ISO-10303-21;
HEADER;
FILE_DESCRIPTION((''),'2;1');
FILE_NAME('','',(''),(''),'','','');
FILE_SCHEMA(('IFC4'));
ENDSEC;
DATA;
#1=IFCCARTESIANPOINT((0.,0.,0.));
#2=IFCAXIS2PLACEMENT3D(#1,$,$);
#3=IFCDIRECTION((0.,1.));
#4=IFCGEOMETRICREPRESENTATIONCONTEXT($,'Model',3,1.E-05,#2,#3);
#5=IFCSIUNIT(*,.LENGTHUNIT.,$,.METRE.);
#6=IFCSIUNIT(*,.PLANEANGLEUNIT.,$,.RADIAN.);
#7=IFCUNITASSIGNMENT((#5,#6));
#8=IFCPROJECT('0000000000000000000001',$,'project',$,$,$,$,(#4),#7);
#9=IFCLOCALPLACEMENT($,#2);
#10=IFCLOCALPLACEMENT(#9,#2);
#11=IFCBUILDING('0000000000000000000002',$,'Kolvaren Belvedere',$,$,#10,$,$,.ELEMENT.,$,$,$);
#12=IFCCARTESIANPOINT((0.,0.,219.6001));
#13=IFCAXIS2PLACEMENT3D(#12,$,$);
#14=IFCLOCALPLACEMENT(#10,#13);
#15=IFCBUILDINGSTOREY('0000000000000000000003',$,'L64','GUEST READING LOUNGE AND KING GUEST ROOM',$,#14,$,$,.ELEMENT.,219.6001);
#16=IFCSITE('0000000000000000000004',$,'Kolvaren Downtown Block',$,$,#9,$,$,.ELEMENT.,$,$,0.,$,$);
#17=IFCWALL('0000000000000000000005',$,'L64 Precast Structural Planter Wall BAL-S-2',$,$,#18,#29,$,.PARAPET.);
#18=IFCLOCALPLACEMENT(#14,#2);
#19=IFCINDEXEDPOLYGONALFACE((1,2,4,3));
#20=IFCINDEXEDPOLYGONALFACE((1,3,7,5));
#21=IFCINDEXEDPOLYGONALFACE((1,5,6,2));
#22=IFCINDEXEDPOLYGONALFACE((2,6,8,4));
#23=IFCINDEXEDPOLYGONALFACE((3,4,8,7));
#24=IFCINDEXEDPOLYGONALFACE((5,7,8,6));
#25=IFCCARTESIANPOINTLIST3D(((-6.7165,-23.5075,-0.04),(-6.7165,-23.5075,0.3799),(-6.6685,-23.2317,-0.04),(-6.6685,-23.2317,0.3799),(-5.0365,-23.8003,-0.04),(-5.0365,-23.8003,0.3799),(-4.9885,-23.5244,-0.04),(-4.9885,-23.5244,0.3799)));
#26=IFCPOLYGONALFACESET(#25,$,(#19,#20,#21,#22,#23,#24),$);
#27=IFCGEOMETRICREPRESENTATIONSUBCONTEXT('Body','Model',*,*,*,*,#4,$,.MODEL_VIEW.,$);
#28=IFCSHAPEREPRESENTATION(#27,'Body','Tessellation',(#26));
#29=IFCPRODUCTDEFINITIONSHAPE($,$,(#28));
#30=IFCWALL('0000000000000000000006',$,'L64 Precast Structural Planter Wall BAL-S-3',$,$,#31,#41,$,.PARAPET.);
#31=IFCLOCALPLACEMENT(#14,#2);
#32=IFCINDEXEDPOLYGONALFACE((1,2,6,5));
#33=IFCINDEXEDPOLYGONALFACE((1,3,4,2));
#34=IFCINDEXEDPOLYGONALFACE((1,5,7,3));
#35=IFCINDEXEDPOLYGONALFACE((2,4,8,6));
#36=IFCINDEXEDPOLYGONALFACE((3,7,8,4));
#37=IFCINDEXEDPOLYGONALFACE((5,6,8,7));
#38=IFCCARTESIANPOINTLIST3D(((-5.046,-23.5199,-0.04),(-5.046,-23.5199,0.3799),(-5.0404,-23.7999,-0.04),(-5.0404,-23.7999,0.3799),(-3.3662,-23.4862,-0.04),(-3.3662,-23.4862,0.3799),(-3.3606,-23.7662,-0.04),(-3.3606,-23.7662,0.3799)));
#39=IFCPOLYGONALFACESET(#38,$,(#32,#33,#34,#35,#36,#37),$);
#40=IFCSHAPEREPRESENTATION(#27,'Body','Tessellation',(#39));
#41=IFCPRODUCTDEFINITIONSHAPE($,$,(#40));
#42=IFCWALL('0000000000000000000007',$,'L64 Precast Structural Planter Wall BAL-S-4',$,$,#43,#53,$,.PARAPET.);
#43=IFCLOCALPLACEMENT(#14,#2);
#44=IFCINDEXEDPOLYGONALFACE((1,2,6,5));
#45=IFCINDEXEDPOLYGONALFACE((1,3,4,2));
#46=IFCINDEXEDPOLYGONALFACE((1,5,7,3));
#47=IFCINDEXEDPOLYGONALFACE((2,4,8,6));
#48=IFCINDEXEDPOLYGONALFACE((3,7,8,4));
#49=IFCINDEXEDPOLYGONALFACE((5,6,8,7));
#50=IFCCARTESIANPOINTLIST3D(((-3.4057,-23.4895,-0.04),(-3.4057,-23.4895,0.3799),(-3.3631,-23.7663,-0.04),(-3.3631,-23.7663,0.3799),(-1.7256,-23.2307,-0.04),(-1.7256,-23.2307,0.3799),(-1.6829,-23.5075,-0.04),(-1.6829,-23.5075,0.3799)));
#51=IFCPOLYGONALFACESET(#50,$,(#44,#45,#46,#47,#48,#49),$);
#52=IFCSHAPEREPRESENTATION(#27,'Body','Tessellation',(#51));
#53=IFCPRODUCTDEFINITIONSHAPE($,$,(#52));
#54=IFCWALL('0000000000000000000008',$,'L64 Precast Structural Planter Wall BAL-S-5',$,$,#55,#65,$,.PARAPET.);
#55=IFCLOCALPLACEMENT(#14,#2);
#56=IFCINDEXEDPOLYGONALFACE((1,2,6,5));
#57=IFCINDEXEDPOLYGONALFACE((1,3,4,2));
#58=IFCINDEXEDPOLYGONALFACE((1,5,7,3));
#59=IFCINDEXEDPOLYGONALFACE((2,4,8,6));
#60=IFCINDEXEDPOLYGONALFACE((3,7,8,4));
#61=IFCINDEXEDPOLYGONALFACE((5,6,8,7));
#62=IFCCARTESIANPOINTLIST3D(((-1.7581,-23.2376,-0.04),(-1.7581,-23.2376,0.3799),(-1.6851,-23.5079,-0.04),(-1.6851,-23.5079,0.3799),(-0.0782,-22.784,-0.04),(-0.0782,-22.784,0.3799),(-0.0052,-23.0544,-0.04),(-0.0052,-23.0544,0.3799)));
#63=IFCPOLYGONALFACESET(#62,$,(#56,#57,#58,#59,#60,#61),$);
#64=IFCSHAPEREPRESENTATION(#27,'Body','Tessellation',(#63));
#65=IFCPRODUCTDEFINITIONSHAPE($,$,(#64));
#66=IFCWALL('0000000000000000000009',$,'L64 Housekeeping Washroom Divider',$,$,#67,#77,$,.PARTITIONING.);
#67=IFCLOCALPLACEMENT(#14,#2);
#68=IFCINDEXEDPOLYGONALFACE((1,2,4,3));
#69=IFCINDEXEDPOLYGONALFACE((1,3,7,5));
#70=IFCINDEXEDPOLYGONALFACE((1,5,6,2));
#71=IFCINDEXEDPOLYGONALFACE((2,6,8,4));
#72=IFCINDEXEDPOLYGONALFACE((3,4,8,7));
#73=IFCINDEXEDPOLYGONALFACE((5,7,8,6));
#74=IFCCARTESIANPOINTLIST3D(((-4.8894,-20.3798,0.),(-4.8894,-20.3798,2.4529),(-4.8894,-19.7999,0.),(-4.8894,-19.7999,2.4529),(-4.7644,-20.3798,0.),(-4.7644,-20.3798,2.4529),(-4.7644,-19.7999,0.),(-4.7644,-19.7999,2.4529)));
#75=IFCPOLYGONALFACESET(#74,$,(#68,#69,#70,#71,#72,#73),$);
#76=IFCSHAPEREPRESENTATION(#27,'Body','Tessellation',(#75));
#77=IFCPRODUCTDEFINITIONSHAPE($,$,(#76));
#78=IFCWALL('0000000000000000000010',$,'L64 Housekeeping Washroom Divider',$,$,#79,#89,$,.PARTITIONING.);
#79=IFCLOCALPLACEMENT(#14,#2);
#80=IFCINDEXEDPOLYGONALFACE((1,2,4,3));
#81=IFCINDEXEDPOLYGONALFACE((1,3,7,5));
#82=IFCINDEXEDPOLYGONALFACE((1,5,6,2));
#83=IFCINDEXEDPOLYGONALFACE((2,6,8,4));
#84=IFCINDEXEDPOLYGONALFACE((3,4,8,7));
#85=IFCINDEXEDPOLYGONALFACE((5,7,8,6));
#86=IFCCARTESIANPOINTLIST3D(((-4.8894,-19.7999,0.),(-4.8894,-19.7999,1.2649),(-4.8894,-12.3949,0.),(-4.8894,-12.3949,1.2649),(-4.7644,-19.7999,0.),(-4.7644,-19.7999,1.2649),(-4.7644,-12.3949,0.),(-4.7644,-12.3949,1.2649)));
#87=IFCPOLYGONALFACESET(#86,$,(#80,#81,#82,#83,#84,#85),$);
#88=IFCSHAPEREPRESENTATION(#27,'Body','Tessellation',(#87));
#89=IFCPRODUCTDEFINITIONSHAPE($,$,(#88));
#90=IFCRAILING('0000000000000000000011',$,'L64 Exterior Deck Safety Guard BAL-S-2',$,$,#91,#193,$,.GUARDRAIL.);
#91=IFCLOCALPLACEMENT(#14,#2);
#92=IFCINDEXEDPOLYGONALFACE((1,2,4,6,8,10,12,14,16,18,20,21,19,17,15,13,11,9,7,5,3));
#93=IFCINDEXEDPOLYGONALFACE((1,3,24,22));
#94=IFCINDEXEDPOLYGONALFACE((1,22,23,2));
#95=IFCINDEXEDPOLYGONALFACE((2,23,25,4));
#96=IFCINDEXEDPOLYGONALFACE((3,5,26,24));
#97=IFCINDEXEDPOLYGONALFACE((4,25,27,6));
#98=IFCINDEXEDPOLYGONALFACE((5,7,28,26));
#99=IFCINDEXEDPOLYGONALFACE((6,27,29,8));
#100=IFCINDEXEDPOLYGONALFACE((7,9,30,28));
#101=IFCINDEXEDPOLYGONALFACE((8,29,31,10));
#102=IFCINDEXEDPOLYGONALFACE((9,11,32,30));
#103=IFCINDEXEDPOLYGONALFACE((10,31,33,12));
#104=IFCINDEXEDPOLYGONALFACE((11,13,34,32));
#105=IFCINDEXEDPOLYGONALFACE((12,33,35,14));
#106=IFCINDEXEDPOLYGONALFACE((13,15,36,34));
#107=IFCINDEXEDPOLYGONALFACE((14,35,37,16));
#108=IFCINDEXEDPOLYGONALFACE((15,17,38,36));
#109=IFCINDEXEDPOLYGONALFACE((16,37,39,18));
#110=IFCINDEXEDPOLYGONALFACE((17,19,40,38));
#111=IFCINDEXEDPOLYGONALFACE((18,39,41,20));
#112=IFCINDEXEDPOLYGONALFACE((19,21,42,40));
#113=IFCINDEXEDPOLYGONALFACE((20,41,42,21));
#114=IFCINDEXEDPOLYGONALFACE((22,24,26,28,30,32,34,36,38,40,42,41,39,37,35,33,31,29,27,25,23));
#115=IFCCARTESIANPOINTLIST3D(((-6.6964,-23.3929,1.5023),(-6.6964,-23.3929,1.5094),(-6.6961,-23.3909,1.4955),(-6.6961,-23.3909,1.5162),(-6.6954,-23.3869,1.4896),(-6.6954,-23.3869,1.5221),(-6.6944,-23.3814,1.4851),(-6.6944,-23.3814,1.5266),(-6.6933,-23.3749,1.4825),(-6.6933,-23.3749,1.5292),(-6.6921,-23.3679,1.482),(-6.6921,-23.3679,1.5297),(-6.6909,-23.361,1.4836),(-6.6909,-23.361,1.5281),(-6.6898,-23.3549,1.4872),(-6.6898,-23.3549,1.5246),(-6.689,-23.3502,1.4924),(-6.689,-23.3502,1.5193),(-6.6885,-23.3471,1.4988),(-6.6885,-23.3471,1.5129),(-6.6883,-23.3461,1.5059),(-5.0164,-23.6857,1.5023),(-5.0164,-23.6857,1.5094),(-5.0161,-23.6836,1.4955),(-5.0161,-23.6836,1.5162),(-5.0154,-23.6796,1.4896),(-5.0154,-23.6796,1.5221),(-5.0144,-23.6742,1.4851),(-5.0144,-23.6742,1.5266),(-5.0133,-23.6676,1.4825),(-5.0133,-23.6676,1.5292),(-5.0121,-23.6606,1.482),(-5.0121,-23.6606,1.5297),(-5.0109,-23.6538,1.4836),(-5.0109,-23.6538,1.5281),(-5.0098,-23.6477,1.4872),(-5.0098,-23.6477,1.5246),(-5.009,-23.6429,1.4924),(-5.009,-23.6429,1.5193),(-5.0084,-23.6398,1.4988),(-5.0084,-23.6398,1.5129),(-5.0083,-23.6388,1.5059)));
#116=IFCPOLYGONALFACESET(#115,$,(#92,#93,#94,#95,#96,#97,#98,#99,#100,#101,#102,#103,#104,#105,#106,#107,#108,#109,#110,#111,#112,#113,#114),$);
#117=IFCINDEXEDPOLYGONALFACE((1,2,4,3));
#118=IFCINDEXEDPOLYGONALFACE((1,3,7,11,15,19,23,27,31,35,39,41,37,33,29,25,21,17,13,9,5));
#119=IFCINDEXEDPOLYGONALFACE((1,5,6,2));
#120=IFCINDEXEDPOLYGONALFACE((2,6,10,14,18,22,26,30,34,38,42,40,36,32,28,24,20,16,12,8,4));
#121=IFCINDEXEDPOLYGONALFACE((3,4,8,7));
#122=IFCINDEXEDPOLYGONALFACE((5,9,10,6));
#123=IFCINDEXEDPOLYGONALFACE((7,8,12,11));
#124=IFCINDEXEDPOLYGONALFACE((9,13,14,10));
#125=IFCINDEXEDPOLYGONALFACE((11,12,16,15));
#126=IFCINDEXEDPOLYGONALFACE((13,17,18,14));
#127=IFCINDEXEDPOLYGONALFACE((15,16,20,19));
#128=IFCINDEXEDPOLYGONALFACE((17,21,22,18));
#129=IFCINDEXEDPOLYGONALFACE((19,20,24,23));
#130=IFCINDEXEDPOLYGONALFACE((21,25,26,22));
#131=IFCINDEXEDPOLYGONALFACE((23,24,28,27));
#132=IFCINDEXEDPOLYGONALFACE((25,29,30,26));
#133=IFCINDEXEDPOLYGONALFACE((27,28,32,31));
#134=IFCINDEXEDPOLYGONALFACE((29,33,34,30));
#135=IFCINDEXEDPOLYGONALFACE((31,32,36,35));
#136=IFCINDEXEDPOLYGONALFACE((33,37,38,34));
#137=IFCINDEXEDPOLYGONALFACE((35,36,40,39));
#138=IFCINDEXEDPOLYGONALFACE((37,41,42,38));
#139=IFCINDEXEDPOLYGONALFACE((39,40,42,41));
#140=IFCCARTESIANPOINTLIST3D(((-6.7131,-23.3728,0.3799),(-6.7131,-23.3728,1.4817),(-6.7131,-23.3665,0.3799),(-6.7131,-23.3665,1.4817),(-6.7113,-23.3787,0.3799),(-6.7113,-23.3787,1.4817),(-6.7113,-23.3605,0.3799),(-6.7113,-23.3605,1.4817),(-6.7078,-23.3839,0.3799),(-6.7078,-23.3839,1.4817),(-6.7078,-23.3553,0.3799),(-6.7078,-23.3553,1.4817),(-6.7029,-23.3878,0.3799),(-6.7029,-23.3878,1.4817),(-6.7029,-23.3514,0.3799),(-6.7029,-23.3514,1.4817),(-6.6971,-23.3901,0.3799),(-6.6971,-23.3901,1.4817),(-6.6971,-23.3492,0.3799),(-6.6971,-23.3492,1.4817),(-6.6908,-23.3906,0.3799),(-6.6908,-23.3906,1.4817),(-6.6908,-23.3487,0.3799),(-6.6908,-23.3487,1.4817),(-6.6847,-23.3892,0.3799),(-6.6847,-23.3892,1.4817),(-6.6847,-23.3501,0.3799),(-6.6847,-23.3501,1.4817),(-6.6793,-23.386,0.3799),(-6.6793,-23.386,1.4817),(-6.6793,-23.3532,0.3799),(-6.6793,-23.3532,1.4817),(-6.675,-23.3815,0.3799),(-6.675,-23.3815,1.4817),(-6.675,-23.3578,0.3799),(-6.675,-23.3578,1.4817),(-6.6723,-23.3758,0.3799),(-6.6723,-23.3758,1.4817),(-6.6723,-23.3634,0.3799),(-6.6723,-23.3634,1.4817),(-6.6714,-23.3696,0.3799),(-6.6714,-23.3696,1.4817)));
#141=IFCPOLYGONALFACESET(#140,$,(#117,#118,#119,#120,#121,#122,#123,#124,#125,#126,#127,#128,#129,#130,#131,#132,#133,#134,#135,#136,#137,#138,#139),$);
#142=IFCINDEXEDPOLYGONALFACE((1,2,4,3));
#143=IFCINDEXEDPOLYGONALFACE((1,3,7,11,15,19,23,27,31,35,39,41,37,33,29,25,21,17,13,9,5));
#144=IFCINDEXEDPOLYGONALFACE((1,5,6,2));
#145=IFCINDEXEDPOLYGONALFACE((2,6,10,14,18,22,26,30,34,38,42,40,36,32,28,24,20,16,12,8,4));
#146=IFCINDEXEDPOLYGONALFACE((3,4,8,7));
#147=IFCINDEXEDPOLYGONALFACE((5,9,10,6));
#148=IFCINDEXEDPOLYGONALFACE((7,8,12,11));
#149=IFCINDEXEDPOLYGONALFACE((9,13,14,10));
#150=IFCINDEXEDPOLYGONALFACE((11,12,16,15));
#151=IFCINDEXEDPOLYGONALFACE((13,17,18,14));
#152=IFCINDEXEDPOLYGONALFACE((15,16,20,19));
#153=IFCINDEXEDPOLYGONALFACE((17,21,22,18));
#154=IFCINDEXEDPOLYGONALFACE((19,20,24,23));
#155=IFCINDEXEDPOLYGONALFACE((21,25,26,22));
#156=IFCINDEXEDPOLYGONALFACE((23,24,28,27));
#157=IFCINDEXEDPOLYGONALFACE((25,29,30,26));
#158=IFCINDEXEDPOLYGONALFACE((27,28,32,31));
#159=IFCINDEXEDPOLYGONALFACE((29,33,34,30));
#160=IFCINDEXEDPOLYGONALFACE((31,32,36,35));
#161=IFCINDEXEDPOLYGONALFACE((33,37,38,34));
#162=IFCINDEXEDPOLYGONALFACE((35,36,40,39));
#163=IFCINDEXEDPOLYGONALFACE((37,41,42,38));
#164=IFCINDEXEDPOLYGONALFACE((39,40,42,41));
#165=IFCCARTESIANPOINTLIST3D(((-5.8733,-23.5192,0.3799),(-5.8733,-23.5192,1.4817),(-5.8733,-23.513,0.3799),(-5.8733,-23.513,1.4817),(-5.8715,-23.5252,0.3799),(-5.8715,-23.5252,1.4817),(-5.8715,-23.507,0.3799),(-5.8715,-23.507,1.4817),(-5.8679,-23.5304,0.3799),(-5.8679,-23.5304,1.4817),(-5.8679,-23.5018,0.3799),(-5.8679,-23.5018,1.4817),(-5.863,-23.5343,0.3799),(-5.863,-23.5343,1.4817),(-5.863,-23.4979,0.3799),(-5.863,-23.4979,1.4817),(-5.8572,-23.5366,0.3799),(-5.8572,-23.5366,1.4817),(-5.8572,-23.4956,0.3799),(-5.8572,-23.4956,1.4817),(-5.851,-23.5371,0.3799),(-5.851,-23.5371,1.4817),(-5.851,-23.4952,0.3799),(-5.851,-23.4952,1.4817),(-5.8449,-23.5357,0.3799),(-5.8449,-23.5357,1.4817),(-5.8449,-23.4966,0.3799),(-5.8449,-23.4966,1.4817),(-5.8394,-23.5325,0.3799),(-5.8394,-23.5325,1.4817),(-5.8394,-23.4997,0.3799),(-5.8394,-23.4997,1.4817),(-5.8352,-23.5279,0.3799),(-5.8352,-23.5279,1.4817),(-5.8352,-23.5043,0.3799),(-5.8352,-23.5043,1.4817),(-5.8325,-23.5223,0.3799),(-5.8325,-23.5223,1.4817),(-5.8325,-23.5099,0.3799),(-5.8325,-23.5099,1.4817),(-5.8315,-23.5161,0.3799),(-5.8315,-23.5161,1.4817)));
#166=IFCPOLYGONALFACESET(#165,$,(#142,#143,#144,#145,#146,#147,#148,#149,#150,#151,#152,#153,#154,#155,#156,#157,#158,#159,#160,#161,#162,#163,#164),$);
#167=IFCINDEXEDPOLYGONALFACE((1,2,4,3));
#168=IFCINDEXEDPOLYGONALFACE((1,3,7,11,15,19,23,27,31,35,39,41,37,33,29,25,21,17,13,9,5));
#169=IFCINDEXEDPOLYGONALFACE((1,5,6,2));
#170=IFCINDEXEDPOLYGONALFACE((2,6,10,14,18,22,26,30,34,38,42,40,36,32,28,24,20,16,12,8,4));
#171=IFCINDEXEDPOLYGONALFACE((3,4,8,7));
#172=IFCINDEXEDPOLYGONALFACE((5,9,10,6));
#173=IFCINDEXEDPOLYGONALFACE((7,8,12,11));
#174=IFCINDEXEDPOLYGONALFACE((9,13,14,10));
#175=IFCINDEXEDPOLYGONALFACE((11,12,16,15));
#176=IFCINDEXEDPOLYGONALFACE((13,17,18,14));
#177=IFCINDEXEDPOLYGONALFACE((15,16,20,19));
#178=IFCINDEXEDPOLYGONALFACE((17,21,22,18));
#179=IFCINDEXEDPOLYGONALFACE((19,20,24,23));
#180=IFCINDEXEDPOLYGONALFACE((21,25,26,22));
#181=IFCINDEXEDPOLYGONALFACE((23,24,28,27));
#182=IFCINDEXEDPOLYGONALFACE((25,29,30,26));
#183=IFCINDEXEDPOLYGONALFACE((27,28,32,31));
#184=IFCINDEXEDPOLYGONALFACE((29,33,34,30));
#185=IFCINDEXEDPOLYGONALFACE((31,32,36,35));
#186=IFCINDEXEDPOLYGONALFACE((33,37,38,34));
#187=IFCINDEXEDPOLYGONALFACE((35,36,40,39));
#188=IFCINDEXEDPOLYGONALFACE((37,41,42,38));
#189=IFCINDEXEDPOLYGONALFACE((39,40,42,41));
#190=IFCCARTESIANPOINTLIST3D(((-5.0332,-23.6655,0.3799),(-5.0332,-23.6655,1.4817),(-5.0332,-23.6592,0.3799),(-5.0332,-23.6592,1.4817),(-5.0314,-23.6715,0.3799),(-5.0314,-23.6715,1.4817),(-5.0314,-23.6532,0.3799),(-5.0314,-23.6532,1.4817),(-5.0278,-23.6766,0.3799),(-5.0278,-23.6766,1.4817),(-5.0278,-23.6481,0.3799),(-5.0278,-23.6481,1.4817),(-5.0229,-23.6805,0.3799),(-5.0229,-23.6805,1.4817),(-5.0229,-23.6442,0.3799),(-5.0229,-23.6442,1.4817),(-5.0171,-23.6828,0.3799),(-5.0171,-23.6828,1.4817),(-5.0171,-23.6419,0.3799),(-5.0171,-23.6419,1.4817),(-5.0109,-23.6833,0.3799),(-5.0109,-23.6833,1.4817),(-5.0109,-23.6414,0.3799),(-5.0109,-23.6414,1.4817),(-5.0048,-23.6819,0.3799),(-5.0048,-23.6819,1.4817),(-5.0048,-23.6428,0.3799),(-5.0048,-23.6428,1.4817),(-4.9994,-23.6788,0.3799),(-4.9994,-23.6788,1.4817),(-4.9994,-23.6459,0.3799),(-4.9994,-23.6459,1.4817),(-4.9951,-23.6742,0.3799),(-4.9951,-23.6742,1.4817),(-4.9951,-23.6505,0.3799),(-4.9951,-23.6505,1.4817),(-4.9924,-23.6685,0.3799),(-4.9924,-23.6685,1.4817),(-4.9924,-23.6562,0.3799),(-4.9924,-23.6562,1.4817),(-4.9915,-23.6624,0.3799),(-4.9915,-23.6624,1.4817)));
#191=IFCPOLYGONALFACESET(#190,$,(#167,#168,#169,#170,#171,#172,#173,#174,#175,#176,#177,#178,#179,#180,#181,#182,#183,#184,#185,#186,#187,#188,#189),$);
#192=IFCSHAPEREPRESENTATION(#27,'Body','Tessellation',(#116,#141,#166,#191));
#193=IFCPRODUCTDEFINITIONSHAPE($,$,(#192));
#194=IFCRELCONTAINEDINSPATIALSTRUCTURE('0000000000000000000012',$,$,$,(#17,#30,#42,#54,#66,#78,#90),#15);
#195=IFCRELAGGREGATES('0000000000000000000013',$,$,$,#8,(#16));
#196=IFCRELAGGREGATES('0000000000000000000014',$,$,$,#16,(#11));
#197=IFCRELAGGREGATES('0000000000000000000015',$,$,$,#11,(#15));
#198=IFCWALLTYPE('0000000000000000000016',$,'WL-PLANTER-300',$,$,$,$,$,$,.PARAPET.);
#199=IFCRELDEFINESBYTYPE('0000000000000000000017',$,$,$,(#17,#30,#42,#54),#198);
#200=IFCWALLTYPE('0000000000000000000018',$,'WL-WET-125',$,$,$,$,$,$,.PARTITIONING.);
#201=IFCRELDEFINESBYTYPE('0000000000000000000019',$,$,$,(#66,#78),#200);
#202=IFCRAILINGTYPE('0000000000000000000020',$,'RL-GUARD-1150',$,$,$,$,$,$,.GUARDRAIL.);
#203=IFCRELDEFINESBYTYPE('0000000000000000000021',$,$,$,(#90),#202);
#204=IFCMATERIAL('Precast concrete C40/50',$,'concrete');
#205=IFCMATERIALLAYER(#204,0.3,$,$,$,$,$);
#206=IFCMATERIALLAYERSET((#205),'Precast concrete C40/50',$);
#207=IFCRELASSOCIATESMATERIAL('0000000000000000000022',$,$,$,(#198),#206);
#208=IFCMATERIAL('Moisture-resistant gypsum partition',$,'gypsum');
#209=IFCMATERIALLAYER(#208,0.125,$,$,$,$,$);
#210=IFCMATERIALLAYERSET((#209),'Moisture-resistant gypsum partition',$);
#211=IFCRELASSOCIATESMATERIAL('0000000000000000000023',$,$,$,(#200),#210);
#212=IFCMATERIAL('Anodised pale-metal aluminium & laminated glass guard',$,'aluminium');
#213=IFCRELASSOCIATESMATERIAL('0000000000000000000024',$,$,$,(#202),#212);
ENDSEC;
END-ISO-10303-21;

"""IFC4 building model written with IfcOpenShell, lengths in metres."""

from ifc_helpers import new_model, si_unit, direction, frame, frame_2d, origin, origin_2d, place, context, subcontext, project, spatial, rectangle, circle, extrude, material, layer, layer_set, type_object, element, save


model = new_model("IFC4")

# Units and contexts
model_context = context("Model", 3, precision=1e-05, world=origin(), true_north=direction((0.0, 1.0)))
body_context = subcontext(model_context, "Body", "Model", "MODEL_VIEW")
ifc_project = project(units=[si_unit("LENGTHUNIT", "METRE"), si_unit("PLANEANGLEUNIT", "RADIAN")], contexts=[model_context])

# Site, building, storey
site_placement = place(None, origin())
site = spatial("IfcSite", under=ifc_project, at=site_placement, Name="Kolvaren Downtown Block", CompositionType="ELEMENT", RefElevation=0.0)
building_placement = place(site_placement, origin())
building = spatial("IfcBuilding", under=site, at=building_placement, Name="Kolvaren Belvedere", CompositionType="ELEMENT")
storey_placement = place(building_placement, frame((0.0, 0.0, 219.6001)))
storey = spatial("IfcBuildingStorey", under=building, at=storey_placement, Name="L64", Description="GUEST READING LOUNGE AND KING GUEST ROOM", CompositionType="ELEMENT", Elevation=219.6001)

# Walls
ifc_material_1 = material(Name="Precast concrete C40/50", Category="concrete")
ifc_layer_1 = layer(ifc_material_1, 0.3)
ifc_layer_set_1 = layer_set([ifc_layer_1], Name="Precast concrete C40/50")
wall_type_1 = type_object("IfcWallType", Name="WL-PLANTER-300", PredefinedType="PARAPET", material=ifc_layer_set_1)
wall_1_placement = place(storey_placement, frame((-6.6924, -23.3696, -0.04), z_axis=(0.0, 0.0, 1.0), x_axis=(0.985156, -0.171661, 0.0)))
element("IfcWall", 1, at=wall_1_placement, inside=storey, type_object=wall_type_1, Name="L64 Precast Structural Planter Wall BAL-S-2", PredefinedType="PARAPET", context=body_context, shape_type="SweptSolid", body=[
    extrude(rectangle(XDim=1.7053, YDim=0.28, at=frame_2d((0.8525, 0.0))), origin(), (0.0, 0.0, 1.0), 0.4199),
])
wall_2_placement = place(storey_placement, frame((-5.0432, -23.6599, -0.04), z_axis=(0.0, 0.0, 1.0), x_axis=(0.999799, 0.020051, 0.0)))
element("IfcWall", 2, at=wall_2_placement, inside=storey, type_object=wall_type_1, Name="L64 Precast Structural Planter Wall BAL-S-3", PredefinedType="PARAPET", context=body_context, shape_type="SweptSolid", body=[
    extrude(rectangle(XDim=1.6802, YDim=0.28, at=frame_2d((0.8401, 0.0))), origin(), (0.0, 0.0, 1.0), 0.4199),
])
wall_3_placement = place(storey_placement, frame((-3.3845, -23.6279, -0.04), z_axis=(0.0, 0.0, 1.0), x_axis=(0.988345, 0.15223, 0.0)))
element("IfcWall", 3, at=wall_3_placement, inside=storey, type_object=wall_type_1, Name="L64 Precast Structural Planter Wall BAL-S-4", PredefinedType="PARAPET", context=body_context, shape_type="SweptSolid", body=[
    extrude(rectangle(XDim=1.7, YDim=0.28, at=frame_2d((0.8501, 0.0))), origin(), (0.0, 0.0, 1.0), 0.4199),
])
wall_4_placement = place(storey_placement, frame((-1.7217, -23.3728, -0.04), z_axis=(0.0, 0.0, 1.0), x_axis=(0.965424, 0.260683, 0.0)))
element("IfcWall", 4, at=wall_4_placement, inside=storey, type_object=wall_type_1, Name="L64 Precast Structural Planter Wall BAL-S-5", PredefinedType="PARAPET", context=body_context, shape_type="SweptSolid", body=[
    extrude(rectangle(XDim=1.74, YDim=0.28, at=frame_2d((0.8701, 0.0))), origin(), (0.0, 0.0, 1.0), 0.4199),
])
ifc_material_2 = material(Name="Moisture-resistant gypsum partition", Category="gypsum")
ifc_layer_2 = layer(ifc_material_2, 0.125)
ifc_layer_set_2 = layer_set([ifc_layer_2], Name="Moisture-resistant gypsum partition")
wall_type_2 = type_object("IfcWallType", Name="WL-WET-125", PredefinedType="PARTITIONING", material=ifc_layer_set_2)
wall_5_placement = place(storey_placement, frame((-4.8269, -20.3799, 0.0), z_axis=(0.0, 0.0, 1.0), x_axis=(0.0, 1.0, 0.0)))
element("IfcWall", 5, at=wall_5_placement, inside=storey, type_object=wall_type_2, Name="L64 Housekeeping Washroom Divider", PredefinedType="PARTITIONING", context=body_context, shape_type="SweptSolid", body=[
    extrude(rectangle(XDim=0.5798, YDim=0.125, at=frame_2d((0.29, 0.0))), origin(), (0.0, 0.0, 1.0), 2.4529),
])
wall_6_placement = place(storey_placement, frame((-4.8269, -19.8, 0.0), z_axis=(0.0, 0.0, 1.0), x_axis=(0.0, 1.0, 0.0)))
element("IfcWall", 6, at=wall_6_placement, inside=storey, type_object=wall_type_2, Name="L64 Housekeeping Washroom Divider", PredefinedType="PARTITIONING", context=body_context, shape_type="SweptSolid", body=[
    extrude(rectangle(XDim=7.405, YDim=0.125, at=frame_2d((3.7026, 0.0))), origin(), (0.0, 0.0, 1.0), 1.2649),
])

# Railing
ifc_material_3 = material(Name="Anodised pale-metal aluminium & laminated glass guard", Category="aluminium")
railing_type = type_object("IfcRailingType", Name="RL-GUARD-1150", PredefinedType="GUARDRAIL", material=ifc_material_3)
railing_1_placement = place(storey_placement, frame((-6.6924, -23.3696, 0.3799)))
element("IfcRailing", 7, at=railing_1_placement, inside=storey, type_object=railing_type, Name="L64 Exterior Deck Safety Guard BAL-S-2", PredefinedType="GUARDRAIL", context=body_context, shape_type="SweptSolid", body=[
    extrude(circle(Radius=0.0239, at=origin_2d()), frame((0.0, 0.0, 1.126), z_axis=(0.985156, -0.171661, 0.0), x_axis=(0.171661, 0.985156, 0.0)), (0.0, 0.0, 1.0), 1.7053),
    extrude(circle(Radius=0.021, at=origin_2d()), origin(), (0.0, 0.0, 1.0), 1.1018),
    extrude(circle(Radius=0.021, at=origin_2d()), frame((0.8398, -0.1465, 0.0)), (0.0, 0.0, 1.0), 1.1018),
    extrude(circle(Radius=0.021, at=origin_2d()), frame((1.6799, -0.2927, 0.0)), (0.0, 0.0, 1.0), 1.1018),
])

save(model, "model.ifc")
